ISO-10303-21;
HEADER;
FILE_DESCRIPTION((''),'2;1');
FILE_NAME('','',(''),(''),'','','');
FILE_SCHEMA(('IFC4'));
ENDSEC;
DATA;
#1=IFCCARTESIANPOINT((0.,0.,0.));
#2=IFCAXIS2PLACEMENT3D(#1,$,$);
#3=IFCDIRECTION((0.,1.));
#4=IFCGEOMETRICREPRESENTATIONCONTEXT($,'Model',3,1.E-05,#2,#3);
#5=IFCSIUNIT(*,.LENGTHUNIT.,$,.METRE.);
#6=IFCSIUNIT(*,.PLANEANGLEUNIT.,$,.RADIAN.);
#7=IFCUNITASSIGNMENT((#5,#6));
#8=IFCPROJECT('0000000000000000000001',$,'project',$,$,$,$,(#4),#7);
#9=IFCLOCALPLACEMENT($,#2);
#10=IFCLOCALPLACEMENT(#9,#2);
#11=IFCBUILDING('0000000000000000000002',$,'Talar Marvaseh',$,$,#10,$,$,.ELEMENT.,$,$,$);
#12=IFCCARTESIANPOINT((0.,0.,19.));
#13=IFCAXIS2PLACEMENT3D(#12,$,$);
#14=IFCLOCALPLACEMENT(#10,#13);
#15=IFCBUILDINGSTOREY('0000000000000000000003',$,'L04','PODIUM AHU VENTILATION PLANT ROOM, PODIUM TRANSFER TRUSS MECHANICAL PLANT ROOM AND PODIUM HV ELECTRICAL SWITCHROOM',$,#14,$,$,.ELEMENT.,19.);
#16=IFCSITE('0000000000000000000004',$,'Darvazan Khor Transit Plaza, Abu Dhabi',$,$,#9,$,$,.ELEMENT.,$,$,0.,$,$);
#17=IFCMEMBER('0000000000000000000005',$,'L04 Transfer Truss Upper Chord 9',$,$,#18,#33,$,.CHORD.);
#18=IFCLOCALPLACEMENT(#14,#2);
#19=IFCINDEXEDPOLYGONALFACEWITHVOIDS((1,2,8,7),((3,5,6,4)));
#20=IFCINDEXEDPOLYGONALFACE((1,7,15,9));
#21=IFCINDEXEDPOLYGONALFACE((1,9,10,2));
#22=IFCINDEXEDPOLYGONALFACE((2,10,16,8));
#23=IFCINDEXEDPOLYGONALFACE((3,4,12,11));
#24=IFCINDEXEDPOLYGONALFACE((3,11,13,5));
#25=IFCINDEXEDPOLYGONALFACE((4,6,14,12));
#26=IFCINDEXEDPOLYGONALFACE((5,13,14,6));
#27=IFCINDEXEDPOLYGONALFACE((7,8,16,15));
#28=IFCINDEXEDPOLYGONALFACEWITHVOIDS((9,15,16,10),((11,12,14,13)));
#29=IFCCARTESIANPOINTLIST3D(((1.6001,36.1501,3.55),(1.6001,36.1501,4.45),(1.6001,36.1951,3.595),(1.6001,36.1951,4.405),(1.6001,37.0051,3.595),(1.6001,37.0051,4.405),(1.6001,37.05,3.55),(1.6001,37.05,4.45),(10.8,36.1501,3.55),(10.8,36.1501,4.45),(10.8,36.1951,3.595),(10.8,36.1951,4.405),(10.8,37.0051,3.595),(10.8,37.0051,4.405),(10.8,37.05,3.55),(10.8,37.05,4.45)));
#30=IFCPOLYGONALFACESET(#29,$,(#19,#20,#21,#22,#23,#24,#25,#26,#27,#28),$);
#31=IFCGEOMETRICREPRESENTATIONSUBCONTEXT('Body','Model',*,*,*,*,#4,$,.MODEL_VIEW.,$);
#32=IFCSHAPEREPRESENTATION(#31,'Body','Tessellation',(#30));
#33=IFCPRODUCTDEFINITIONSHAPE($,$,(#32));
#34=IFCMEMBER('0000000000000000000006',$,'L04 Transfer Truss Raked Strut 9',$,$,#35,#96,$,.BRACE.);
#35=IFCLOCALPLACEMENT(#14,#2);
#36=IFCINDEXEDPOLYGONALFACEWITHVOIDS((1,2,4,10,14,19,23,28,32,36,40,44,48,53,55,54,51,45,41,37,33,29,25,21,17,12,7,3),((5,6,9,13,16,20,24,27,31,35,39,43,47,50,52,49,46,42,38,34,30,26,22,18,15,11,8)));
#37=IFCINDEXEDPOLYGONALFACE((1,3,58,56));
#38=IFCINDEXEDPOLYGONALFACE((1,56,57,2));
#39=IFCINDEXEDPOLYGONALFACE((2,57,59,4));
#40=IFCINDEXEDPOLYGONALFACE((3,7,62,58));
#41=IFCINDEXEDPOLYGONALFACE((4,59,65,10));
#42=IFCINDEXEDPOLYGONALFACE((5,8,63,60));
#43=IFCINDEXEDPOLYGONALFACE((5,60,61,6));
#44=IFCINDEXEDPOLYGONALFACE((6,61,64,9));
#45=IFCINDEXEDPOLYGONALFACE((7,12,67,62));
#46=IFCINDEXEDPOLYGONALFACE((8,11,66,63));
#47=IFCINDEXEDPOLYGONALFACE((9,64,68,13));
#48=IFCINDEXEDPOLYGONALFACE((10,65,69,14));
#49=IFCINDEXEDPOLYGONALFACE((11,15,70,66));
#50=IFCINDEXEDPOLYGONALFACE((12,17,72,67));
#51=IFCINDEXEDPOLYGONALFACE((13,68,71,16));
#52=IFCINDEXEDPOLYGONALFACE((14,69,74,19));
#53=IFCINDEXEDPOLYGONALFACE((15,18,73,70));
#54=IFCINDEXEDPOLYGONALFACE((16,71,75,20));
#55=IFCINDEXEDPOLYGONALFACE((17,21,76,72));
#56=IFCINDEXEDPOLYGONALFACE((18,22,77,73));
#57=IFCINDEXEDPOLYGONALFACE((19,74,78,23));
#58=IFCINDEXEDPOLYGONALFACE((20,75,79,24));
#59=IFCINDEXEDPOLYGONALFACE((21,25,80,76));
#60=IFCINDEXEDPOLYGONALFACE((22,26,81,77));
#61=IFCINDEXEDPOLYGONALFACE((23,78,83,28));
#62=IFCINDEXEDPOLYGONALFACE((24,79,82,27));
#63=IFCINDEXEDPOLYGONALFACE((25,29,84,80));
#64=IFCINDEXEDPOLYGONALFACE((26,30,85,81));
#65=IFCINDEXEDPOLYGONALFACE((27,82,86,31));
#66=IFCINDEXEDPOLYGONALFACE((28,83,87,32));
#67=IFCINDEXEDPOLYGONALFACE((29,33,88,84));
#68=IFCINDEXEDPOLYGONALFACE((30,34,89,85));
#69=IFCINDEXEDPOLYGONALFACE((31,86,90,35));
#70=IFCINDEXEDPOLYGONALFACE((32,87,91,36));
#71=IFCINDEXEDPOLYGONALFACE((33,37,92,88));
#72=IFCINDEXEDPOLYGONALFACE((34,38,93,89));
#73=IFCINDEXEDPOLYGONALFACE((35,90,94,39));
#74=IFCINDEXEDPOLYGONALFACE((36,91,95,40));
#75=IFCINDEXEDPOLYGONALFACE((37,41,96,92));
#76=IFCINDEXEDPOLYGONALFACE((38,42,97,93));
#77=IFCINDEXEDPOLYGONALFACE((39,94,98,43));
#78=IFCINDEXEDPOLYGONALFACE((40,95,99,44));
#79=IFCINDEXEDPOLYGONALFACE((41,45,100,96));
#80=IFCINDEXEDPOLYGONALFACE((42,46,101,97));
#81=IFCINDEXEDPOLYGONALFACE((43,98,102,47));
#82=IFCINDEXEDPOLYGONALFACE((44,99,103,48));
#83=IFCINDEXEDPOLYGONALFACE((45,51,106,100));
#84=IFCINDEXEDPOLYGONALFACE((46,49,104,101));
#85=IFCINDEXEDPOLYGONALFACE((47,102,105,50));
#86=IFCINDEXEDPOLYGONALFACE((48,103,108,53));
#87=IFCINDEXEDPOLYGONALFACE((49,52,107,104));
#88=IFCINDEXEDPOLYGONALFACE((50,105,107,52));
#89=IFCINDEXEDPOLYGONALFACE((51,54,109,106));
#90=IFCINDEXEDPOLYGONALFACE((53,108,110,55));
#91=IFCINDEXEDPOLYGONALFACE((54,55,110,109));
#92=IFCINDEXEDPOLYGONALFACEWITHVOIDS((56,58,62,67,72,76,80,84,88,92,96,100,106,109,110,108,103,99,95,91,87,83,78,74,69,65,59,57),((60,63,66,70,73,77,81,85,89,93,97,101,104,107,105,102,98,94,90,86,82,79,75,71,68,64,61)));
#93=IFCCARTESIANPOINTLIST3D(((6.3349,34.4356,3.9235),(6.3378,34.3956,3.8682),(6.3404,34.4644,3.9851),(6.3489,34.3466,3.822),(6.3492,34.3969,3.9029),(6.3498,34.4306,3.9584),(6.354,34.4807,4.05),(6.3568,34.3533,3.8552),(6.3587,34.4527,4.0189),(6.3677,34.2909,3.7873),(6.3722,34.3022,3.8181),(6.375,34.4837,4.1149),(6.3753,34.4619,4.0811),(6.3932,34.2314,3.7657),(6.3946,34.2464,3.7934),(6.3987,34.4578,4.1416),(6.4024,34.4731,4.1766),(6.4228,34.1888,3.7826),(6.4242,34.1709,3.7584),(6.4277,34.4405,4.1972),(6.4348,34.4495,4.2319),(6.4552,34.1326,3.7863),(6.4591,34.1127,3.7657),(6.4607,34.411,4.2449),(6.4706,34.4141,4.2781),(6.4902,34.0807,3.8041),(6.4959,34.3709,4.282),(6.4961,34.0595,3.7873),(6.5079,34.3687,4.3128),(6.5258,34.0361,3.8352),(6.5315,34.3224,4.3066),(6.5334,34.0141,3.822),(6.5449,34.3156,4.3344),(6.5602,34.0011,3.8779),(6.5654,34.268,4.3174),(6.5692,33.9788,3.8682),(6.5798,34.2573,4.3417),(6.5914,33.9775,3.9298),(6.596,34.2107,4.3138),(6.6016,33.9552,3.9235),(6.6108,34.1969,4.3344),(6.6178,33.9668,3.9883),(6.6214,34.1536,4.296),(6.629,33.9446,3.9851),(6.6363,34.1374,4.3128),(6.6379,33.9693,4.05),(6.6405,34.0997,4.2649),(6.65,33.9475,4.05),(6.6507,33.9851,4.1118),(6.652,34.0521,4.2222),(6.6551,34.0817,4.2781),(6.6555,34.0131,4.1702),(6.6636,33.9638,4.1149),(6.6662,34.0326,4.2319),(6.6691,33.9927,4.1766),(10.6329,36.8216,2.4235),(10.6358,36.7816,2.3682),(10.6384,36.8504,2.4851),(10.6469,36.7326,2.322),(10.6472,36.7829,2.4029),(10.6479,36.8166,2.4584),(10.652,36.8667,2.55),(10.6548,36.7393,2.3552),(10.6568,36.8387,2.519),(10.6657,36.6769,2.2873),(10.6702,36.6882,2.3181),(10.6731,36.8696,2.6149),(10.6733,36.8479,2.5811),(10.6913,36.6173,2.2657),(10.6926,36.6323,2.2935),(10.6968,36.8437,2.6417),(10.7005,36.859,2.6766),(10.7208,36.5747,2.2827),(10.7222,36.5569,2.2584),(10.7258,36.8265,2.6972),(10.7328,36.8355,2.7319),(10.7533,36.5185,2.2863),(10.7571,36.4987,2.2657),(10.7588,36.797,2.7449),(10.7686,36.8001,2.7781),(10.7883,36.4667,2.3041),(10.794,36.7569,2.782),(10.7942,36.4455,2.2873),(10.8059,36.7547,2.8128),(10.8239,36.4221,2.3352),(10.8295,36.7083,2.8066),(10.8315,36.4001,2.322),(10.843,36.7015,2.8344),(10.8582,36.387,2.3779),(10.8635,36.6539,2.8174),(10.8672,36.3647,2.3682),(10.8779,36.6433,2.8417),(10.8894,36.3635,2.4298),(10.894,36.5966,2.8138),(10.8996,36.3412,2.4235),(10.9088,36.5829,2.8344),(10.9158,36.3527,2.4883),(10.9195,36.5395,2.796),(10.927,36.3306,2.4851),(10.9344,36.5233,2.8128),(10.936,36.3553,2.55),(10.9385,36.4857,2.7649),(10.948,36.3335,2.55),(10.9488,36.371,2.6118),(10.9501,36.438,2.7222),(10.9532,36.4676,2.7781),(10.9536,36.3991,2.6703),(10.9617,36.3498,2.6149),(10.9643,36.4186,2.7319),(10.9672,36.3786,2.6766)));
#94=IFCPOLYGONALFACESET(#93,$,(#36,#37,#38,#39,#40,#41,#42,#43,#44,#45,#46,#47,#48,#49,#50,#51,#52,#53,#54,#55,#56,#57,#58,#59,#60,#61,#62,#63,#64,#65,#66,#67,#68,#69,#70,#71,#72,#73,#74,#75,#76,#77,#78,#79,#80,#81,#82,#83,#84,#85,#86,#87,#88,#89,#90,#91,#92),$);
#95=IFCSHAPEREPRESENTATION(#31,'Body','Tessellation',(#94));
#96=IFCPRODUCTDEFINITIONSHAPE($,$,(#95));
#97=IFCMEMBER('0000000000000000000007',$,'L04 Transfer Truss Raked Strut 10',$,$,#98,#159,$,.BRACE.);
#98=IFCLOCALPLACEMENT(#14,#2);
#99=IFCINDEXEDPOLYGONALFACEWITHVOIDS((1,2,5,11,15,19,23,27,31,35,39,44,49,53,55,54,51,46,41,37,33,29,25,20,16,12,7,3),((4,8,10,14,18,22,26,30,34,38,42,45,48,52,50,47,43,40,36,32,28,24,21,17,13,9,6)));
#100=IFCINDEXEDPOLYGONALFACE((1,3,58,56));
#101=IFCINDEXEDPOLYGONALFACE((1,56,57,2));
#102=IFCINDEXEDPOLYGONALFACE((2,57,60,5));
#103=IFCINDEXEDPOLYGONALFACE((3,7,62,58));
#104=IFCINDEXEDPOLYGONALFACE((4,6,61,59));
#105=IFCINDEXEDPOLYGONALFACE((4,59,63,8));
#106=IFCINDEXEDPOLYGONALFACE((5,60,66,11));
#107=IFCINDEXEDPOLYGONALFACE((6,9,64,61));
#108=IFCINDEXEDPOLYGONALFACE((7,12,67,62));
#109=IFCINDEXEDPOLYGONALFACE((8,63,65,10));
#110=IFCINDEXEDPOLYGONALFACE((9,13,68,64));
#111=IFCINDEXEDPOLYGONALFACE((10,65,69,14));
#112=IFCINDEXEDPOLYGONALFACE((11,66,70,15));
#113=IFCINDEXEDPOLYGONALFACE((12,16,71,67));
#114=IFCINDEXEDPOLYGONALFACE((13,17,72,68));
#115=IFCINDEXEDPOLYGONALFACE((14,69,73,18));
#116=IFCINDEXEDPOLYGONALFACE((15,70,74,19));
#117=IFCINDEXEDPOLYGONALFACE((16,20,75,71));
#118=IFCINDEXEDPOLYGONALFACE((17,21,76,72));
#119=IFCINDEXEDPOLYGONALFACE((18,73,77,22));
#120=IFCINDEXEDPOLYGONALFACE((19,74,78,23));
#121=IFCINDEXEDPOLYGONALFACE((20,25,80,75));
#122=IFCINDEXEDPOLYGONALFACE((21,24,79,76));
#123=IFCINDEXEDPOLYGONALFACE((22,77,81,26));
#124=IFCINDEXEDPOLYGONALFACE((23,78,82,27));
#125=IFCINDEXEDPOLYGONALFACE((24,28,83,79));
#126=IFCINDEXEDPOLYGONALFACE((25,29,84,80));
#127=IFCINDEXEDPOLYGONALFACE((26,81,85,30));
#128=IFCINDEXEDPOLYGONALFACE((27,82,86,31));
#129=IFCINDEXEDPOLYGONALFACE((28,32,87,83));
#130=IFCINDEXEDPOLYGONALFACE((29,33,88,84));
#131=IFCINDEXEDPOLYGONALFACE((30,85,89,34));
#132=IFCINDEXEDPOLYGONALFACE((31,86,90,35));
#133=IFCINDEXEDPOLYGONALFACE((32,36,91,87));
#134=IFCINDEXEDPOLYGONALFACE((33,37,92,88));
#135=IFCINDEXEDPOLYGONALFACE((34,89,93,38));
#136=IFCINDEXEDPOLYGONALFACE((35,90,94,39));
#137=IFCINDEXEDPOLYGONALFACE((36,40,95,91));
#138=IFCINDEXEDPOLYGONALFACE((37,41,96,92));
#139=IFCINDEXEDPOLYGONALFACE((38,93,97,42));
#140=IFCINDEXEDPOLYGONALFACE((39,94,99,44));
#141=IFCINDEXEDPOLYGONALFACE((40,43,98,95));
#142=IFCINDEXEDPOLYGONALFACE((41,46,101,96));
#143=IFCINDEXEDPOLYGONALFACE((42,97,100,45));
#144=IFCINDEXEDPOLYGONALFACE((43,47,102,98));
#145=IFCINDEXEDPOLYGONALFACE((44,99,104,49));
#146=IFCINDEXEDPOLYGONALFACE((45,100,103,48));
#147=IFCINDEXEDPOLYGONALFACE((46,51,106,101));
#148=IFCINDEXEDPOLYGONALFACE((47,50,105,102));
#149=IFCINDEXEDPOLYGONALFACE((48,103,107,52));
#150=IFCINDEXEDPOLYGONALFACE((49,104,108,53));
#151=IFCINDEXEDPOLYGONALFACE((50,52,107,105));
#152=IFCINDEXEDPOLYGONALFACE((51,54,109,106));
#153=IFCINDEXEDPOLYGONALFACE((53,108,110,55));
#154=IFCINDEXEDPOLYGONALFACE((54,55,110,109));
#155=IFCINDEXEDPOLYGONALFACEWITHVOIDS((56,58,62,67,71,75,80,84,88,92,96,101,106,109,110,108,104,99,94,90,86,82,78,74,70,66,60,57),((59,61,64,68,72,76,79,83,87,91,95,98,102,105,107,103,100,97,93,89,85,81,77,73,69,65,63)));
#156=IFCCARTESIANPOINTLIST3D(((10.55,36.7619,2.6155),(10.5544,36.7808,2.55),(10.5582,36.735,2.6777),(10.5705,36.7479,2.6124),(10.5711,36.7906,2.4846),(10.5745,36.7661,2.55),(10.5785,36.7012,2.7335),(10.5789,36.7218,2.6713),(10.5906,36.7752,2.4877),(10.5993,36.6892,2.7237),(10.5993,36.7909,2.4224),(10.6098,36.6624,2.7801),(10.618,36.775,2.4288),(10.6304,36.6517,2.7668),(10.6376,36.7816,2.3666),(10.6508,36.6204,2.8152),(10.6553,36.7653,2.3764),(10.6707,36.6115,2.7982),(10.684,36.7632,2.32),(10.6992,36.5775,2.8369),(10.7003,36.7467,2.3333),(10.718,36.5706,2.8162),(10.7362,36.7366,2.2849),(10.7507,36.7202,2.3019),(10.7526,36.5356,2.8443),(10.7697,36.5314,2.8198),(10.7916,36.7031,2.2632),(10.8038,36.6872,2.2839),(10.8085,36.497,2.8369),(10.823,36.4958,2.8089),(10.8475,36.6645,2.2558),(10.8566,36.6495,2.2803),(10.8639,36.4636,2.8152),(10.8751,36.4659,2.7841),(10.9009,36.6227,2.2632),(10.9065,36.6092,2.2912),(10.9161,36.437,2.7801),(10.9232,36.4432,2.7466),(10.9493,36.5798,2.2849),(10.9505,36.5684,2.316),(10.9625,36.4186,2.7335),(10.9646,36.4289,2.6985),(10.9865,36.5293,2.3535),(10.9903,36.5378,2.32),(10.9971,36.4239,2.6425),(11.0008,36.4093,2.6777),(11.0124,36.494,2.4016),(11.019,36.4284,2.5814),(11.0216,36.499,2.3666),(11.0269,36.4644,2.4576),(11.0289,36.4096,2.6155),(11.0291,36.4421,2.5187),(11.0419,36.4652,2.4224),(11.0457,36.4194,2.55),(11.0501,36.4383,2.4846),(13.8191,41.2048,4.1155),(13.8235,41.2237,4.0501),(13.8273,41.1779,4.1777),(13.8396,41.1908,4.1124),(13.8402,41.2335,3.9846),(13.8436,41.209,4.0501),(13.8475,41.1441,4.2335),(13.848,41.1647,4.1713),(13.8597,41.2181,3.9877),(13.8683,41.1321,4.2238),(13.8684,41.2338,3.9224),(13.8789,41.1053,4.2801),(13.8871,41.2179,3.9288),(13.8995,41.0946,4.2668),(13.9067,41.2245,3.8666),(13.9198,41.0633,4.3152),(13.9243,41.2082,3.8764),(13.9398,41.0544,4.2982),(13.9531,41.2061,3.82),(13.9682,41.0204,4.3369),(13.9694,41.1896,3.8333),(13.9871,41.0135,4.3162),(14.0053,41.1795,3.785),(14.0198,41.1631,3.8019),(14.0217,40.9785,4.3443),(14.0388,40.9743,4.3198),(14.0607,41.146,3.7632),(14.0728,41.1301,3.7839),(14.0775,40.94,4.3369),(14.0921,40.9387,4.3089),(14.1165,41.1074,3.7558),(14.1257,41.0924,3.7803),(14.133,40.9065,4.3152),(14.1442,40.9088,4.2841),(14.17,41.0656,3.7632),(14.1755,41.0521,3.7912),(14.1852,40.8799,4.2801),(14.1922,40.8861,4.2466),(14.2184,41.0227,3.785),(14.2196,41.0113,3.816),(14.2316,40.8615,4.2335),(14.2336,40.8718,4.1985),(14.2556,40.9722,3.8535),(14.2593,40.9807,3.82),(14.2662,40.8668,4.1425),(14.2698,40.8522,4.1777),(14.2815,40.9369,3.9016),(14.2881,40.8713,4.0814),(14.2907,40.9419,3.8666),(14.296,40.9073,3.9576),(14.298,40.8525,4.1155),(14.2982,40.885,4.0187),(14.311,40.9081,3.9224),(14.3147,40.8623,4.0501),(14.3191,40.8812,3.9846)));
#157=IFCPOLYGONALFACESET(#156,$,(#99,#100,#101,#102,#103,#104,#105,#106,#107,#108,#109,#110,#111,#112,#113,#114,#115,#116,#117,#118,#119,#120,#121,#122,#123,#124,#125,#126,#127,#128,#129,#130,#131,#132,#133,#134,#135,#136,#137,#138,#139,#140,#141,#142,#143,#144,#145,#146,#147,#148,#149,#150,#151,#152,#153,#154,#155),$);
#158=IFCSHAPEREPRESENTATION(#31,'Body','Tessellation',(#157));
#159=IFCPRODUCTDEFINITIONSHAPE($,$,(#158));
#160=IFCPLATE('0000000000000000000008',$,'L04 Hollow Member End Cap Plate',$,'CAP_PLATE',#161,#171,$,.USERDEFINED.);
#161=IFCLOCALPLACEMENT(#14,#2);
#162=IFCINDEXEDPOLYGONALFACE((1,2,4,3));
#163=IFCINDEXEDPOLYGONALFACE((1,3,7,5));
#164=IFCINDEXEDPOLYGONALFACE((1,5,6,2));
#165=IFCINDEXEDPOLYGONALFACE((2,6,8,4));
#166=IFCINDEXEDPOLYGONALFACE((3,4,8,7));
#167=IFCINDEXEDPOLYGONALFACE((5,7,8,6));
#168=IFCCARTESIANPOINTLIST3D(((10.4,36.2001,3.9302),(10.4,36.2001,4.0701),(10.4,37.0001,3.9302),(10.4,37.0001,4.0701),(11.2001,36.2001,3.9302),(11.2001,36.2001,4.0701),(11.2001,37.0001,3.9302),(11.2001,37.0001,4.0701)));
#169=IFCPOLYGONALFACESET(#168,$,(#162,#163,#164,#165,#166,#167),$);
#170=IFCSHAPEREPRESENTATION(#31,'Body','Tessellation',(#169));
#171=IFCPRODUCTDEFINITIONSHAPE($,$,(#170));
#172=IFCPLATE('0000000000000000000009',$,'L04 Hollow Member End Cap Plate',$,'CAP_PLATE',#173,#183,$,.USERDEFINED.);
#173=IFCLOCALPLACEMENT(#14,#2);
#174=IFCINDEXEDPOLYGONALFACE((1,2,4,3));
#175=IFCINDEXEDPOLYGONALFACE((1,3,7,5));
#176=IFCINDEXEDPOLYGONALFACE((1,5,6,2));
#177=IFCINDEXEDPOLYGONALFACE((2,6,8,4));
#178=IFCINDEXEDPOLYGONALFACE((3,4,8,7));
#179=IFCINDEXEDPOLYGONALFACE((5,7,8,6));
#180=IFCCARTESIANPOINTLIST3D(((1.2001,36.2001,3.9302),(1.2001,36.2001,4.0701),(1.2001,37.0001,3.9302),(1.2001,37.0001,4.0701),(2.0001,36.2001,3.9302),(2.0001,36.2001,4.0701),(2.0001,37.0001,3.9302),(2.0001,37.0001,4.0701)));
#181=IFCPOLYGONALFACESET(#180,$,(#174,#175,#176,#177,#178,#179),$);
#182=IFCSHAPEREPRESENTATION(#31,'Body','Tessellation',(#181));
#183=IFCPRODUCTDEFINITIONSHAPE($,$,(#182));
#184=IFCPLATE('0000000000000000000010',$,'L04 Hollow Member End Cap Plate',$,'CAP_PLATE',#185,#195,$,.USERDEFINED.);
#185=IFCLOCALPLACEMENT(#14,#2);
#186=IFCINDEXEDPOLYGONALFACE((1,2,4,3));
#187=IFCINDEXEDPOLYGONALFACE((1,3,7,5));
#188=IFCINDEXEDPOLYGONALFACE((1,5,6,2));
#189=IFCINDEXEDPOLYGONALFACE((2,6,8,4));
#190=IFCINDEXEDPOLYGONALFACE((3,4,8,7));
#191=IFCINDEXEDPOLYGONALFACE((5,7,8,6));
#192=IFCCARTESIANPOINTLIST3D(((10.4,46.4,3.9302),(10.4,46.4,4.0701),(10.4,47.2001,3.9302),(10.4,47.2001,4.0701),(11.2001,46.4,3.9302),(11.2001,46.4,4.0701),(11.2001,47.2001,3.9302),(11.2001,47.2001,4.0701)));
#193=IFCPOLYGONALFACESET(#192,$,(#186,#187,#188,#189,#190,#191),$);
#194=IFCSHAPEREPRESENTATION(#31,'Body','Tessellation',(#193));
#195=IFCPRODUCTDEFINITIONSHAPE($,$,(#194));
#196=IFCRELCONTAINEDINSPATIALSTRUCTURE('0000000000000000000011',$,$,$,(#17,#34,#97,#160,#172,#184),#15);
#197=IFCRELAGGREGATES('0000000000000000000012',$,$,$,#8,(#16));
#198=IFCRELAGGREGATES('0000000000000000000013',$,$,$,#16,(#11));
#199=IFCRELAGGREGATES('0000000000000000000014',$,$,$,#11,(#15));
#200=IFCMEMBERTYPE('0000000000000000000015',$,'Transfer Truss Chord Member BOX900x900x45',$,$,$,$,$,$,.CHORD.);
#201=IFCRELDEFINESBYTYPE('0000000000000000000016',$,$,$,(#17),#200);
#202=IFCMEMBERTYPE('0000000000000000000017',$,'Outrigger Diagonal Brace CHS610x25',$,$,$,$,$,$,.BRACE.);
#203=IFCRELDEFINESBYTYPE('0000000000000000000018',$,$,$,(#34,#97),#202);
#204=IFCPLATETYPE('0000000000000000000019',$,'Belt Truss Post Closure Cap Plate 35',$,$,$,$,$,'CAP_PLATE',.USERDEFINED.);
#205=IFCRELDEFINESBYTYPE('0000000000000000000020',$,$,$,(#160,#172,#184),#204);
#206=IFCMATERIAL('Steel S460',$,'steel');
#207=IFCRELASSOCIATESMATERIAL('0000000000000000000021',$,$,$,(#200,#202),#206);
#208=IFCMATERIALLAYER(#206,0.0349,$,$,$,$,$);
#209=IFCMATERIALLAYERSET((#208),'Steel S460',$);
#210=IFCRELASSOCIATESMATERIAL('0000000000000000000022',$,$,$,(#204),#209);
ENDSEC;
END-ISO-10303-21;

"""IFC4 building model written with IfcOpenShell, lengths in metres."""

from ifc_helpers import new_model, si_unit, direction, frame, origin, origin_2d, place, context, subcontext, project, spatial, rectangle, hollow_rectangle, hollow_circle, extrude, source, transform, mapped, material, layer, layer_set, material_profile, profile_set, type_object, type_shapes, element, save


model = new_model("IFC4")

# Units and contexts
model_context = context("Model", 3, precision=1e-05, world=origin(), true_north=direction((0.0, 1.0)))
body_context = subcontext(model_context, "Body", "Model", "MODEL_VIEW")
ifc_project = project(units=[si_unit("LENGTHUNIT", "METRE"), si_unit("PLANEANGLEUNIT", "RADIAN")], contexts=[model_context])

# Site, building, storey
site_placement = place(None, origin())
site = spatial("IfcSite", under=ifc_project, at=site_placement, Name="Darvazan Khor Transit Plaza, Abu Dhabi", CompositionType="ELEMENT", RefElevation=0.0)
building_placement = place(site_placement, origin())
building = spatial("IfcBuilding", under=site, at=building_placement, Name="Talar Marvaseh", CompositionType="ELEMENT")
storey_placement = place(building_placement, frame((0.0, 0.0, 19.0)))
storey = spatial("IfcBuildingStorey", under=building, at=storey_placement, Name="L04", Description="PODIUM AHU VENTILATION PLANT ROOM, PODIUM TRANSFER TRUSS MECHANICAL PLANT ROOM AND PODIUM HV ELECTRICAL SWITCHROOM", CompositionType="ELEMENT", Elevation=19.0)

# Shared definitions
ifc_material_1 = material(Name="Steel S460", Category="steel")

# Members
ifc_material_profile_1 = material_profile(ifc_material_1, hollow_rectangle(XDim=0.8999, YDim=0.8999, WallThickness=0.0449, at=origin_2d()), Name="BOX900x900x45")
ifc_profile_set_1 = profile_set([ifc_material_profile_1], Name="Steel S460")
member_type_1 = type_object("IfcMemberType", Name="Transfer Truss Chord Member BOX900x900x45", PredefinedType="CHORD", material=ifc_profile_set_1)
shared_shape_1 = source(origin(), body_context, "Body", "SweptSolid", [
    extrude(hollow_rectangle(XDim=0.8999, YDim=0.8999, WallThickness=0.0449, at=origin_2d()), origin(), (0.0, 0.0, 1.0), 9.2),
])
member_1_placement = place(storey_placement, frame((10.8, 36.6001, 4.0), z_axis=(-1.0, 0.0, 0.0), x_axis=(0.0, -1.0, 0.0)))
element("IfcMember", 1, at=member_1_placement, inside=storey, type_object=member_type_1, Name="L04 Transfer Truss Upper Chord 9", PredefinedType="CHORD", context=body_context, shape_type="MappedRepresentation", body=[
    mapped(shared_shape_1, transform((0.0, 0.0, 0.0), x_axis=(1.0, 0.0, 0.0), y_axis=(0.0, 1.0, 0.0), z_axis=(0.0, 0.0, 1.0), scale=1.0)),
])
ifc_material_profile_2 = material_profile(ifc_material_1, hollow_circle(Radius=0.3049, WallThickness=0.0249, at=origin_2d()), Name="CHS610x25")
ifc_profile_set_2 = profile_set([ifc_material_profile_2], Name="Steel S460")
member_type_2 = type_object("IfcMemberType", Name="Outrigger Diagonal Brace CHS610x25", PredefinedType="BRACE", material=ifc_profile_set_2)
shared_shape_2 = source(origin(), body_context, "Body", "SweptSolid", [
    extrude(hollow_circle(Radius=0.3049, WallThickness=0.0249, at=origin_2d()), origin(), (0.0, 0.0, 1.0), 5.1396),
])
member_2_placement = place(storey_placement, frame((10.8, 36.6001, 2.55), z_axis=(-0.836254, -0.464226, 0.291846), x_axis=(0.485356, -0.874317, 0.0)))
element("IfcMember", 2, at=member_2_placement, inside=storey, type_object=member_type_2, Name="L04 Transfer Truss Raked Strut 9", PredefinedType="BRACE", context=body_context, shape_type="MappedRepresentation", body=[
    mapped(shared_shape_2, transform((0.0, 0.0, 0.0), x_axis=(1.0, 0.0, 0.0), y_axis=(0.0, 1.0, 0.0), z_axis=(0.0, 0.0, 1.0), scale=1.0)),
])
shared_shape_3 = source(origin(), body_context, "Body", "SweptSolid", [
    extrude(hollow_circle(Radius=0.3049, WallThickness=0.0249, at=origin_2d()), origin(), (0.0, 0.0, 1.0), 5.7163),
])
type_shapes(member_type_2, [shared_shape_2, shared_shape_3])
member_3_placement = place(storey_placement, frame((10.8, 36.6001, 2.55), z_axis=(0.571884, 0.777233, 0.262409), x_axis=(-0.805458, 0.592652, 0.0)))
element("IfcMember", 3, at=member_3_placement, inside=storey, type_object=member_type_2, Name="L04 Transfer Truss Raked Strut 10", PredefinedType="BRACE", context=body_context, shape_type="MappedRepresentation", body=[
    mapped(shared_shape_3, transform((0.0, 0.0, 0.0), x_axis=(1.0, 0.0, 0.0), y_axis=(0.0, 1.0, 0.0), z_axis=(0.0, 0.0, 1.0), scale=1.0)),
])

# Plates
ifc_layer_1 = layer(ifc_material_1, 0.0349)
ifc_layer_set_1 = layer_set([ifc_layer_1], Name="Steel S460")
plate_type_1 = type_object("IfcPlateType", Name="Belt Truss Post Closure Cap Plate 35", ElementType="CAP_PLATE", PredefinedType="USERDEFINED", material=ifc_layer_set_1)
shared_shape_4 = source(origin(), body_context, "Body", "SweptSolid", [
    extrude(rectangle(XDim=0.8, YDim=0.8, at=origin_2d()), origin(), (0.0, 0.0, 1.0), 0.1399),
])
for number, where, z_axis, x_axis, name in (
    (4, (10.8, 36.6001, 3.9302), (0.0, 0.0, 1.0), (-1.0, 0.0, 0.0), "L04 Hollow Member End Cap Plate"),
    (5, (1.6001, 36.6001, 3.9302), (0.0, 0.0, 1.0), (-1.0, 0.0, 0.0), "L04 Hollow Member End Cap Plate"),
    (6, (10.8, 46.8, 3.9302), (0.0, 0.0, 1.0), (0.0, 1.0, 0.0), "L04 Hollow Member End Cap Plate"),
):
    element("IfcPlate", number, at=place(storey_placement, frame(where, z_axis=z_axis, x_axis=x_axis)), inside=storey, type_object=plate_type_1, Name=name, ObjectType="CAP_PLATE", PredefinedType="USERDEFINED", context=body_context, shape_type="MappedRepresentation", body=[
        mapped(shared_shape_4, transform((0.0, 0.0, 0.0), x_axis=(1.0, 0.0, 0.0), y_axis=(0.0, 1.0, 0.0), z_axis=(0.0, 0.0, 1.0), scale=1.0)),
    ])

save(model, "model.ifc")
